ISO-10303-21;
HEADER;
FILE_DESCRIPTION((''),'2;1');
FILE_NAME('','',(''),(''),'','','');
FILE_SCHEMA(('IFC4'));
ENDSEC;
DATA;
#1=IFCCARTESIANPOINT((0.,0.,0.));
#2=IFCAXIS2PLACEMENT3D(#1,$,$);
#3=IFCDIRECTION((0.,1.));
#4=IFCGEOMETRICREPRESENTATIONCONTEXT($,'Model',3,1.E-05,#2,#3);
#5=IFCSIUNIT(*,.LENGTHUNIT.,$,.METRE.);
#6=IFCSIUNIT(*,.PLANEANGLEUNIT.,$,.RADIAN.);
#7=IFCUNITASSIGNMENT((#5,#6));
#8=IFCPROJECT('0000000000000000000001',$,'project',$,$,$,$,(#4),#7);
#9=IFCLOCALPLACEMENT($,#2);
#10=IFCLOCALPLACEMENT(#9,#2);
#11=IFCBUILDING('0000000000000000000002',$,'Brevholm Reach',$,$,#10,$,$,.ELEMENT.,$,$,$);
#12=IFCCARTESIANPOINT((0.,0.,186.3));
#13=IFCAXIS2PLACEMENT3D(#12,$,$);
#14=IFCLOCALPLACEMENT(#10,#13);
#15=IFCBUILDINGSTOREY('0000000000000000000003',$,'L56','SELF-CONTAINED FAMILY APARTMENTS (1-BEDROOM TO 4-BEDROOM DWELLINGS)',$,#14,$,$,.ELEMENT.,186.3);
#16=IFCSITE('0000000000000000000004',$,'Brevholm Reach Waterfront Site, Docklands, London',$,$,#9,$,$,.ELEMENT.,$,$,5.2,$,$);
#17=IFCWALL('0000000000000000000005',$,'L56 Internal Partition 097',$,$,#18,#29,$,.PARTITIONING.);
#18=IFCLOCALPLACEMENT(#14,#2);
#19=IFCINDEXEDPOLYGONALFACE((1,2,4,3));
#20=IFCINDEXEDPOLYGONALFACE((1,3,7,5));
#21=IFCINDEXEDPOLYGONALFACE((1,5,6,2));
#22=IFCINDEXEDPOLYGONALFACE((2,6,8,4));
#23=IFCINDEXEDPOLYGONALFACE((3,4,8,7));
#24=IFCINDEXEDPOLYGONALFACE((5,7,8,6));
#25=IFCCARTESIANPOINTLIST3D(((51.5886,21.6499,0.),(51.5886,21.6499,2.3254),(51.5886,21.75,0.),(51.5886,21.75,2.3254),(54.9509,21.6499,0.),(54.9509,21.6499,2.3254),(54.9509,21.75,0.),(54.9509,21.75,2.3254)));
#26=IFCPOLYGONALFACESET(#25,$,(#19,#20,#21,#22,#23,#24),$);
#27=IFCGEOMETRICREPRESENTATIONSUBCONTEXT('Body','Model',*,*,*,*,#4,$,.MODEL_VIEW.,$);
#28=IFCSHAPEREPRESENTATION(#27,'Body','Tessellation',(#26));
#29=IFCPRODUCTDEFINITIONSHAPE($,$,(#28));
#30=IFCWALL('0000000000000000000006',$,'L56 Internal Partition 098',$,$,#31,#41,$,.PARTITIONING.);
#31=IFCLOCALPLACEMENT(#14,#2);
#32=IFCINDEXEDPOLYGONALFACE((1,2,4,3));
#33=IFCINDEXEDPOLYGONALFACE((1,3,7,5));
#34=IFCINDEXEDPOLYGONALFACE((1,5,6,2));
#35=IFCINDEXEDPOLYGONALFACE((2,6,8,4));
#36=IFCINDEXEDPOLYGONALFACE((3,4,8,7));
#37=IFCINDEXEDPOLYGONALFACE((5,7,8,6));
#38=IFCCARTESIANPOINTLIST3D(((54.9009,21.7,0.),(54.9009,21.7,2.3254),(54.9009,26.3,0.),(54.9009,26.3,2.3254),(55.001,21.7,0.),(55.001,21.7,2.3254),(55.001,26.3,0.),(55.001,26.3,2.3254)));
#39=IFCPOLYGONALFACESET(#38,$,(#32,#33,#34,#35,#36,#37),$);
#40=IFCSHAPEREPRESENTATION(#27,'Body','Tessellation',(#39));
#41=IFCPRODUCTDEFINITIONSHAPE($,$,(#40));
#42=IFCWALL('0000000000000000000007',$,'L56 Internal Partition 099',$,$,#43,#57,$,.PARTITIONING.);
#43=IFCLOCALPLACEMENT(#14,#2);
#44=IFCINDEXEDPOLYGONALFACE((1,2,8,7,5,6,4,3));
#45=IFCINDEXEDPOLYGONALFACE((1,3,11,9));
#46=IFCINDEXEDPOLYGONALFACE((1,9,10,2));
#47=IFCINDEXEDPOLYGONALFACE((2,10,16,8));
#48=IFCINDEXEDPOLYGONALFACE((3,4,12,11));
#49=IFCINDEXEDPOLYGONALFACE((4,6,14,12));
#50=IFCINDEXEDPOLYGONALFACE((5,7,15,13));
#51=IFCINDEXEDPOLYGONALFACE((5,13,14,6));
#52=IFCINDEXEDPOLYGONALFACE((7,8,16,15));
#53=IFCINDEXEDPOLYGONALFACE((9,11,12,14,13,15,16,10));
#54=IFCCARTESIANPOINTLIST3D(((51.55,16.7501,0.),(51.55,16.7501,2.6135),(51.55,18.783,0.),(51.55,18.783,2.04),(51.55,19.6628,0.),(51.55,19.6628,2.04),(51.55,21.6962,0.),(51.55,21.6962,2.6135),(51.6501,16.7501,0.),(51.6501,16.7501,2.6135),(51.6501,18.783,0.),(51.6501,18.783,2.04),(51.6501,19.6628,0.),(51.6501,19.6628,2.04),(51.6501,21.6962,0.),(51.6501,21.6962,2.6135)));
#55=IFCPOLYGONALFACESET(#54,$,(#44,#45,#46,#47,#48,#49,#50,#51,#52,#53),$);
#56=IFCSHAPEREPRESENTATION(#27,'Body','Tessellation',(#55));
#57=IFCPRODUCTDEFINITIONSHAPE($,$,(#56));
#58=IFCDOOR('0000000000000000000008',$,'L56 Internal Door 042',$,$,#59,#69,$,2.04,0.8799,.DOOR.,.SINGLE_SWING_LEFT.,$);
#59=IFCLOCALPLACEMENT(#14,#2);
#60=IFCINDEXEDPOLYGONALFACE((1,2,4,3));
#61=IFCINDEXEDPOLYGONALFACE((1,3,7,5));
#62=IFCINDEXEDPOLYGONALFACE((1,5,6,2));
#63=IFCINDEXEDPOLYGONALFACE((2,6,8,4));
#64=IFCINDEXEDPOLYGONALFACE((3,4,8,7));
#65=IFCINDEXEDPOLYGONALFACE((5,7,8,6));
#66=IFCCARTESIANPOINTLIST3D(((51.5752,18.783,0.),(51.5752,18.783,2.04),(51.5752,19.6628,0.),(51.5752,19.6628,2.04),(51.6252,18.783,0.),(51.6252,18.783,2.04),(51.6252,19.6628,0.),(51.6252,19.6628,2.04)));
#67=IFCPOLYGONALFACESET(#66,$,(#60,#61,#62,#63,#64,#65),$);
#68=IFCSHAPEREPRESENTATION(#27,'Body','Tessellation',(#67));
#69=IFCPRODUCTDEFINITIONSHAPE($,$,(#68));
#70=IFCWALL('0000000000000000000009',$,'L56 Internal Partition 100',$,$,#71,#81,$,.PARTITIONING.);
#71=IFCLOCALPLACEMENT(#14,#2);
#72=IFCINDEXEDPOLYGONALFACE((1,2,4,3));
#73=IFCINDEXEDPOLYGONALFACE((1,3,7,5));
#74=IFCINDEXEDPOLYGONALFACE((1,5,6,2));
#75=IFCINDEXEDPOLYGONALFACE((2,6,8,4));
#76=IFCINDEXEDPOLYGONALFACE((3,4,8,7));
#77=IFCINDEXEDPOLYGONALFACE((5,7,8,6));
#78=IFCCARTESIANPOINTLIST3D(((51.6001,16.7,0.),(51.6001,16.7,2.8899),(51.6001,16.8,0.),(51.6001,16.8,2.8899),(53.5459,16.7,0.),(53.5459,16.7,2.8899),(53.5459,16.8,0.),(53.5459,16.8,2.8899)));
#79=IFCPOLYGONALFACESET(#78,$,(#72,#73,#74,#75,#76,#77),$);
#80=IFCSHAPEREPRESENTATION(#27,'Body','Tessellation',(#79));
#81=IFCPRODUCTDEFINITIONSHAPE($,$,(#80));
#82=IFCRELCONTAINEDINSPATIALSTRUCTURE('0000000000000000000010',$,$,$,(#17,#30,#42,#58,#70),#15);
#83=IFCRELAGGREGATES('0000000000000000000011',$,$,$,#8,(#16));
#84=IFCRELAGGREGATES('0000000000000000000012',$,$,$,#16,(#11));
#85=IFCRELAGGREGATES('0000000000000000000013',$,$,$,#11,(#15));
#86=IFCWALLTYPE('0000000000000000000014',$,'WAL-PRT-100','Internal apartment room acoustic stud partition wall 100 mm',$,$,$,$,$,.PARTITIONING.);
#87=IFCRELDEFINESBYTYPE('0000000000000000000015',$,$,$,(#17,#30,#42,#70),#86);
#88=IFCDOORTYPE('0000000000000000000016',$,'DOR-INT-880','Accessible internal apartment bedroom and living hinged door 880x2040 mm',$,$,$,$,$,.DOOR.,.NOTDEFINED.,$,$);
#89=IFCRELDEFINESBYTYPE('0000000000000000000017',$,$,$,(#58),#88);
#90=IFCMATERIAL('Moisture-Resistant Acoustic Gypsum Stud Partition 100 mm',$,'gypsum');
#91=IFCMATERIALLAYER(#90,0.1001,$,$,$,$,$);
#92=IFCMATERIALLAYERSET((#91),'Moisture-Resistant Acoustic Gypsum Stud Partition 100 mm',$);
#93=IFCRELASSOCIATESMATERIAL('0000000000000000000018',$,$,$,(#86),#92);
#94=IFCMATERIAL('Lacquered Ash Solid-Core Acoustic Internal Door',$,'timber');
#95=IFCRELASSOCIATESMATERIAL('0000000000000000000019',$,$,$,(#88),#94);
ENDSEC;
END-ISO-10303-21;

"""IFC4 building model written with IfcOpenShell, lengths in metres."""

from ifc_helpers import new_model, si_unit, direction, frame, frame_2d, origin, place, context, subcontext, project, spatial, rectangle, extrude, material, layer, layer_set, type_object, element, fill, save


model = new_model("IFC4")

# Units and contexts
model_context = context("Model", 3, precision=1e-05, world=origin(), true_north=direction((0.0, 1.0)))
body_context = subcontext(model_context, "Body", "Model", "MODEL_VIEW")
ifc_project = project(units=[si_unit("LENGTHUNIT", "METRE"), si_unit("PLANEANGLEUNIT", "RADIAN")], contexts=[model_context])

# Site, building, storey
site_placement = place(None, origin())
site = spatial("IfcSite", under=ifc_project, at=site_placement, Name="Brevholm Reach Waterfront Site, Docklands, London", CompositionType="ELEMENT", RefElevation=5.2)
building_placement = place(site_placement, origin())
building = spatial("IfcBuilding", under=site, at=building_placement, Name="Brevholm Reach", CompositionType="ELEMENT")
storey_placement = place(building_placement, frame((0.0, 0.0, 186.3)))
storey = spatial("IfcBuildingStorey", under=building, at=storey_placement, Name="L56", Description="SELF-CONTAINED FAMILY APARTMENTS (1-BEDROOM TO 4-BEDROOM DWELLINGS)", CompositionType="ELEMENT", Elevation=186.3)

# Shared definitions
ifc_material_1 = material(Name="Moisture-Resistant Acoustic Gypsum Stud Partition 100 mm", Category="gypsum")
ifc_layer_1 = layer(ifc_material_1, 0.1001)
ifc_layer_set_1 = layer_set([ifc_layer_1], Name="Moisture-Resistant Acoustic Gypsum Stud Partition 100 mm")
wall_type_1 = type_object("IfcWallType", Name="WAL-PRT-100", Description="Internal apartment room acoustic stud partition wall 100 mm", PredefinedType="PARTITIONING", material=ifc_layer_set_1)

# Walls
wall_1_placement = place(storey_placement, frame((51.5886, 21.7, 0.0), z_axis=(0.0, 0.0, 1.0), x_axis=(1.0, 0.0, 0.0)))
element("IfcWall", 1, at=wall_1_placement, inside=storey, type_object=wall_type_1, Name="L56 Internal Partition 097", PredefinedType="PARTITIONING", context=body_context, shape_type="SweptSolid", body=[
    extrude(rectangle(XDim=3.3623, YDim=0.1001, at=frame_2d((1.6812, 0.0))), origin(), (0.0, 0.0, 1.0), 2.3254),
])
wall_2_placement = place(storey_placement, frame((54.9509, 21.7, 0.0), z_axis=(0.0, 0.0, 1.0), x_axis=(0.0, 1.0, 0.0)))
element("IfcWall", 2, at=wall_2_placement, inside=storey, type_object=wall_type_1, Name="L56 Internal Partition 098", PredefinedType="PARTITIONING", context=body_context, shape_type="SweptSolid", body=[
    extrude(rectangle(XDim=4.6001, YDim=0.1001, at=frame_2d((2.3, 0.0))), origin(), (0.0, 0.0, 1.0), 2.3254),
])

# Wall, opening, door
wall_3_placement = place(storey_placement, frame((51.6001, 16.75, 0.0), z_axis=(0.0, 0.0, 1.0), x_axis=(0.0, 1.0, 0.0)))
wall_3 = element("IfcWall", 3, at=wall_3_placement, inside=storey, type_object=wall_type_1, Name="L56 Internal Partition 099", PredefinedType="PARTITIONING", context=body_context, shape_type="SweptSolid", body=[
    extrude(rectangle(XDim=4.946, YDim=0.1001, at=frame_2d((2.4731, 0.0))), origin(), (0.0, 0.0, 1.0), 2.6135),
])
opening_1_placement = place(wall_3_placement, frame((2.033, 0.0, 0.0)))
opening_1 = element("IfcOpeningElement", 4, at=opening_1_placement, cuts=wall_3, PredefinedType="OPENING", context=body_context, shape_type="SweptSolid", body=[
    extrude(rectangle(XDim=0.8799, YDim=2.04, at=frame_2d((0.4399, 1.02))), frame((0.0, 0.0601, 0.0), z_axis=(0.0, -1.0, 0.0), x_axis=(1.0, 0.0, 0.0)), (0.0, 0.0, 1.0), 0.1201),
])
ifc_material_2 = material(Name="Lacquered Ash Solid-Core Acoustic Internal Door", Category="timber")
door_type_1 = type_object("IfcDoorType", Name="DOR-INT-880", Description="Accessible internal apartment bedroom and living hinged door 880x2040 mm", OperationType="NOTDEFINED", PredefinedType="DOOR", material=ifc_material_2)
door_1_placement = place(opening_1_placement, origin())
door_1 = element("IfcDoor", 5, at=door_1_placement, inside=storey, type_object=door_type_1, Name="L56 Internal Door 042", OperationType="SINGLE_SWING_LEFT", OverallHeight=2.04, OverallWidth=0.8799, PredefinedType="DOOR", context=body_context, shape_type="SweptSolid", body=[
    extrude(rectangle(XDim=0.8799, YDim=2.04, at=frame_2d((0.4399, 1.02))), frame((0.0, 0.0249, 0.0), z_axis=(0.0, -1.0, 0.0), x_axis=(1.0, 0.0, 0.0)), (0.0, 0.0, 1.0), 0.05),
])
fill(opening_1, door_1)

# Wall
wall_4_placement = place(storey_placement, frame((51.6001, 16.75, 0.0), z_axis=(0.0, 0.0, 1.0), x_axis=(1.0, 0.0, 0.0)))
element("IfcWall", 6, at=wall_4_placement, inside=storey, type_object=wall_type_1, Name="L56 Internal Partition 100", PredefinedType="PARTITIONING", context=body_context, shape_type="SweptSolid", body=[
    extrude(rectangle(XDim=1.9458, YDim=0.1001, at=frame_2d((0.9729, 0.0))), origin(), (0.0, 0.0, 1.0), 2.8899),
])

save(model, "model.ifc")
